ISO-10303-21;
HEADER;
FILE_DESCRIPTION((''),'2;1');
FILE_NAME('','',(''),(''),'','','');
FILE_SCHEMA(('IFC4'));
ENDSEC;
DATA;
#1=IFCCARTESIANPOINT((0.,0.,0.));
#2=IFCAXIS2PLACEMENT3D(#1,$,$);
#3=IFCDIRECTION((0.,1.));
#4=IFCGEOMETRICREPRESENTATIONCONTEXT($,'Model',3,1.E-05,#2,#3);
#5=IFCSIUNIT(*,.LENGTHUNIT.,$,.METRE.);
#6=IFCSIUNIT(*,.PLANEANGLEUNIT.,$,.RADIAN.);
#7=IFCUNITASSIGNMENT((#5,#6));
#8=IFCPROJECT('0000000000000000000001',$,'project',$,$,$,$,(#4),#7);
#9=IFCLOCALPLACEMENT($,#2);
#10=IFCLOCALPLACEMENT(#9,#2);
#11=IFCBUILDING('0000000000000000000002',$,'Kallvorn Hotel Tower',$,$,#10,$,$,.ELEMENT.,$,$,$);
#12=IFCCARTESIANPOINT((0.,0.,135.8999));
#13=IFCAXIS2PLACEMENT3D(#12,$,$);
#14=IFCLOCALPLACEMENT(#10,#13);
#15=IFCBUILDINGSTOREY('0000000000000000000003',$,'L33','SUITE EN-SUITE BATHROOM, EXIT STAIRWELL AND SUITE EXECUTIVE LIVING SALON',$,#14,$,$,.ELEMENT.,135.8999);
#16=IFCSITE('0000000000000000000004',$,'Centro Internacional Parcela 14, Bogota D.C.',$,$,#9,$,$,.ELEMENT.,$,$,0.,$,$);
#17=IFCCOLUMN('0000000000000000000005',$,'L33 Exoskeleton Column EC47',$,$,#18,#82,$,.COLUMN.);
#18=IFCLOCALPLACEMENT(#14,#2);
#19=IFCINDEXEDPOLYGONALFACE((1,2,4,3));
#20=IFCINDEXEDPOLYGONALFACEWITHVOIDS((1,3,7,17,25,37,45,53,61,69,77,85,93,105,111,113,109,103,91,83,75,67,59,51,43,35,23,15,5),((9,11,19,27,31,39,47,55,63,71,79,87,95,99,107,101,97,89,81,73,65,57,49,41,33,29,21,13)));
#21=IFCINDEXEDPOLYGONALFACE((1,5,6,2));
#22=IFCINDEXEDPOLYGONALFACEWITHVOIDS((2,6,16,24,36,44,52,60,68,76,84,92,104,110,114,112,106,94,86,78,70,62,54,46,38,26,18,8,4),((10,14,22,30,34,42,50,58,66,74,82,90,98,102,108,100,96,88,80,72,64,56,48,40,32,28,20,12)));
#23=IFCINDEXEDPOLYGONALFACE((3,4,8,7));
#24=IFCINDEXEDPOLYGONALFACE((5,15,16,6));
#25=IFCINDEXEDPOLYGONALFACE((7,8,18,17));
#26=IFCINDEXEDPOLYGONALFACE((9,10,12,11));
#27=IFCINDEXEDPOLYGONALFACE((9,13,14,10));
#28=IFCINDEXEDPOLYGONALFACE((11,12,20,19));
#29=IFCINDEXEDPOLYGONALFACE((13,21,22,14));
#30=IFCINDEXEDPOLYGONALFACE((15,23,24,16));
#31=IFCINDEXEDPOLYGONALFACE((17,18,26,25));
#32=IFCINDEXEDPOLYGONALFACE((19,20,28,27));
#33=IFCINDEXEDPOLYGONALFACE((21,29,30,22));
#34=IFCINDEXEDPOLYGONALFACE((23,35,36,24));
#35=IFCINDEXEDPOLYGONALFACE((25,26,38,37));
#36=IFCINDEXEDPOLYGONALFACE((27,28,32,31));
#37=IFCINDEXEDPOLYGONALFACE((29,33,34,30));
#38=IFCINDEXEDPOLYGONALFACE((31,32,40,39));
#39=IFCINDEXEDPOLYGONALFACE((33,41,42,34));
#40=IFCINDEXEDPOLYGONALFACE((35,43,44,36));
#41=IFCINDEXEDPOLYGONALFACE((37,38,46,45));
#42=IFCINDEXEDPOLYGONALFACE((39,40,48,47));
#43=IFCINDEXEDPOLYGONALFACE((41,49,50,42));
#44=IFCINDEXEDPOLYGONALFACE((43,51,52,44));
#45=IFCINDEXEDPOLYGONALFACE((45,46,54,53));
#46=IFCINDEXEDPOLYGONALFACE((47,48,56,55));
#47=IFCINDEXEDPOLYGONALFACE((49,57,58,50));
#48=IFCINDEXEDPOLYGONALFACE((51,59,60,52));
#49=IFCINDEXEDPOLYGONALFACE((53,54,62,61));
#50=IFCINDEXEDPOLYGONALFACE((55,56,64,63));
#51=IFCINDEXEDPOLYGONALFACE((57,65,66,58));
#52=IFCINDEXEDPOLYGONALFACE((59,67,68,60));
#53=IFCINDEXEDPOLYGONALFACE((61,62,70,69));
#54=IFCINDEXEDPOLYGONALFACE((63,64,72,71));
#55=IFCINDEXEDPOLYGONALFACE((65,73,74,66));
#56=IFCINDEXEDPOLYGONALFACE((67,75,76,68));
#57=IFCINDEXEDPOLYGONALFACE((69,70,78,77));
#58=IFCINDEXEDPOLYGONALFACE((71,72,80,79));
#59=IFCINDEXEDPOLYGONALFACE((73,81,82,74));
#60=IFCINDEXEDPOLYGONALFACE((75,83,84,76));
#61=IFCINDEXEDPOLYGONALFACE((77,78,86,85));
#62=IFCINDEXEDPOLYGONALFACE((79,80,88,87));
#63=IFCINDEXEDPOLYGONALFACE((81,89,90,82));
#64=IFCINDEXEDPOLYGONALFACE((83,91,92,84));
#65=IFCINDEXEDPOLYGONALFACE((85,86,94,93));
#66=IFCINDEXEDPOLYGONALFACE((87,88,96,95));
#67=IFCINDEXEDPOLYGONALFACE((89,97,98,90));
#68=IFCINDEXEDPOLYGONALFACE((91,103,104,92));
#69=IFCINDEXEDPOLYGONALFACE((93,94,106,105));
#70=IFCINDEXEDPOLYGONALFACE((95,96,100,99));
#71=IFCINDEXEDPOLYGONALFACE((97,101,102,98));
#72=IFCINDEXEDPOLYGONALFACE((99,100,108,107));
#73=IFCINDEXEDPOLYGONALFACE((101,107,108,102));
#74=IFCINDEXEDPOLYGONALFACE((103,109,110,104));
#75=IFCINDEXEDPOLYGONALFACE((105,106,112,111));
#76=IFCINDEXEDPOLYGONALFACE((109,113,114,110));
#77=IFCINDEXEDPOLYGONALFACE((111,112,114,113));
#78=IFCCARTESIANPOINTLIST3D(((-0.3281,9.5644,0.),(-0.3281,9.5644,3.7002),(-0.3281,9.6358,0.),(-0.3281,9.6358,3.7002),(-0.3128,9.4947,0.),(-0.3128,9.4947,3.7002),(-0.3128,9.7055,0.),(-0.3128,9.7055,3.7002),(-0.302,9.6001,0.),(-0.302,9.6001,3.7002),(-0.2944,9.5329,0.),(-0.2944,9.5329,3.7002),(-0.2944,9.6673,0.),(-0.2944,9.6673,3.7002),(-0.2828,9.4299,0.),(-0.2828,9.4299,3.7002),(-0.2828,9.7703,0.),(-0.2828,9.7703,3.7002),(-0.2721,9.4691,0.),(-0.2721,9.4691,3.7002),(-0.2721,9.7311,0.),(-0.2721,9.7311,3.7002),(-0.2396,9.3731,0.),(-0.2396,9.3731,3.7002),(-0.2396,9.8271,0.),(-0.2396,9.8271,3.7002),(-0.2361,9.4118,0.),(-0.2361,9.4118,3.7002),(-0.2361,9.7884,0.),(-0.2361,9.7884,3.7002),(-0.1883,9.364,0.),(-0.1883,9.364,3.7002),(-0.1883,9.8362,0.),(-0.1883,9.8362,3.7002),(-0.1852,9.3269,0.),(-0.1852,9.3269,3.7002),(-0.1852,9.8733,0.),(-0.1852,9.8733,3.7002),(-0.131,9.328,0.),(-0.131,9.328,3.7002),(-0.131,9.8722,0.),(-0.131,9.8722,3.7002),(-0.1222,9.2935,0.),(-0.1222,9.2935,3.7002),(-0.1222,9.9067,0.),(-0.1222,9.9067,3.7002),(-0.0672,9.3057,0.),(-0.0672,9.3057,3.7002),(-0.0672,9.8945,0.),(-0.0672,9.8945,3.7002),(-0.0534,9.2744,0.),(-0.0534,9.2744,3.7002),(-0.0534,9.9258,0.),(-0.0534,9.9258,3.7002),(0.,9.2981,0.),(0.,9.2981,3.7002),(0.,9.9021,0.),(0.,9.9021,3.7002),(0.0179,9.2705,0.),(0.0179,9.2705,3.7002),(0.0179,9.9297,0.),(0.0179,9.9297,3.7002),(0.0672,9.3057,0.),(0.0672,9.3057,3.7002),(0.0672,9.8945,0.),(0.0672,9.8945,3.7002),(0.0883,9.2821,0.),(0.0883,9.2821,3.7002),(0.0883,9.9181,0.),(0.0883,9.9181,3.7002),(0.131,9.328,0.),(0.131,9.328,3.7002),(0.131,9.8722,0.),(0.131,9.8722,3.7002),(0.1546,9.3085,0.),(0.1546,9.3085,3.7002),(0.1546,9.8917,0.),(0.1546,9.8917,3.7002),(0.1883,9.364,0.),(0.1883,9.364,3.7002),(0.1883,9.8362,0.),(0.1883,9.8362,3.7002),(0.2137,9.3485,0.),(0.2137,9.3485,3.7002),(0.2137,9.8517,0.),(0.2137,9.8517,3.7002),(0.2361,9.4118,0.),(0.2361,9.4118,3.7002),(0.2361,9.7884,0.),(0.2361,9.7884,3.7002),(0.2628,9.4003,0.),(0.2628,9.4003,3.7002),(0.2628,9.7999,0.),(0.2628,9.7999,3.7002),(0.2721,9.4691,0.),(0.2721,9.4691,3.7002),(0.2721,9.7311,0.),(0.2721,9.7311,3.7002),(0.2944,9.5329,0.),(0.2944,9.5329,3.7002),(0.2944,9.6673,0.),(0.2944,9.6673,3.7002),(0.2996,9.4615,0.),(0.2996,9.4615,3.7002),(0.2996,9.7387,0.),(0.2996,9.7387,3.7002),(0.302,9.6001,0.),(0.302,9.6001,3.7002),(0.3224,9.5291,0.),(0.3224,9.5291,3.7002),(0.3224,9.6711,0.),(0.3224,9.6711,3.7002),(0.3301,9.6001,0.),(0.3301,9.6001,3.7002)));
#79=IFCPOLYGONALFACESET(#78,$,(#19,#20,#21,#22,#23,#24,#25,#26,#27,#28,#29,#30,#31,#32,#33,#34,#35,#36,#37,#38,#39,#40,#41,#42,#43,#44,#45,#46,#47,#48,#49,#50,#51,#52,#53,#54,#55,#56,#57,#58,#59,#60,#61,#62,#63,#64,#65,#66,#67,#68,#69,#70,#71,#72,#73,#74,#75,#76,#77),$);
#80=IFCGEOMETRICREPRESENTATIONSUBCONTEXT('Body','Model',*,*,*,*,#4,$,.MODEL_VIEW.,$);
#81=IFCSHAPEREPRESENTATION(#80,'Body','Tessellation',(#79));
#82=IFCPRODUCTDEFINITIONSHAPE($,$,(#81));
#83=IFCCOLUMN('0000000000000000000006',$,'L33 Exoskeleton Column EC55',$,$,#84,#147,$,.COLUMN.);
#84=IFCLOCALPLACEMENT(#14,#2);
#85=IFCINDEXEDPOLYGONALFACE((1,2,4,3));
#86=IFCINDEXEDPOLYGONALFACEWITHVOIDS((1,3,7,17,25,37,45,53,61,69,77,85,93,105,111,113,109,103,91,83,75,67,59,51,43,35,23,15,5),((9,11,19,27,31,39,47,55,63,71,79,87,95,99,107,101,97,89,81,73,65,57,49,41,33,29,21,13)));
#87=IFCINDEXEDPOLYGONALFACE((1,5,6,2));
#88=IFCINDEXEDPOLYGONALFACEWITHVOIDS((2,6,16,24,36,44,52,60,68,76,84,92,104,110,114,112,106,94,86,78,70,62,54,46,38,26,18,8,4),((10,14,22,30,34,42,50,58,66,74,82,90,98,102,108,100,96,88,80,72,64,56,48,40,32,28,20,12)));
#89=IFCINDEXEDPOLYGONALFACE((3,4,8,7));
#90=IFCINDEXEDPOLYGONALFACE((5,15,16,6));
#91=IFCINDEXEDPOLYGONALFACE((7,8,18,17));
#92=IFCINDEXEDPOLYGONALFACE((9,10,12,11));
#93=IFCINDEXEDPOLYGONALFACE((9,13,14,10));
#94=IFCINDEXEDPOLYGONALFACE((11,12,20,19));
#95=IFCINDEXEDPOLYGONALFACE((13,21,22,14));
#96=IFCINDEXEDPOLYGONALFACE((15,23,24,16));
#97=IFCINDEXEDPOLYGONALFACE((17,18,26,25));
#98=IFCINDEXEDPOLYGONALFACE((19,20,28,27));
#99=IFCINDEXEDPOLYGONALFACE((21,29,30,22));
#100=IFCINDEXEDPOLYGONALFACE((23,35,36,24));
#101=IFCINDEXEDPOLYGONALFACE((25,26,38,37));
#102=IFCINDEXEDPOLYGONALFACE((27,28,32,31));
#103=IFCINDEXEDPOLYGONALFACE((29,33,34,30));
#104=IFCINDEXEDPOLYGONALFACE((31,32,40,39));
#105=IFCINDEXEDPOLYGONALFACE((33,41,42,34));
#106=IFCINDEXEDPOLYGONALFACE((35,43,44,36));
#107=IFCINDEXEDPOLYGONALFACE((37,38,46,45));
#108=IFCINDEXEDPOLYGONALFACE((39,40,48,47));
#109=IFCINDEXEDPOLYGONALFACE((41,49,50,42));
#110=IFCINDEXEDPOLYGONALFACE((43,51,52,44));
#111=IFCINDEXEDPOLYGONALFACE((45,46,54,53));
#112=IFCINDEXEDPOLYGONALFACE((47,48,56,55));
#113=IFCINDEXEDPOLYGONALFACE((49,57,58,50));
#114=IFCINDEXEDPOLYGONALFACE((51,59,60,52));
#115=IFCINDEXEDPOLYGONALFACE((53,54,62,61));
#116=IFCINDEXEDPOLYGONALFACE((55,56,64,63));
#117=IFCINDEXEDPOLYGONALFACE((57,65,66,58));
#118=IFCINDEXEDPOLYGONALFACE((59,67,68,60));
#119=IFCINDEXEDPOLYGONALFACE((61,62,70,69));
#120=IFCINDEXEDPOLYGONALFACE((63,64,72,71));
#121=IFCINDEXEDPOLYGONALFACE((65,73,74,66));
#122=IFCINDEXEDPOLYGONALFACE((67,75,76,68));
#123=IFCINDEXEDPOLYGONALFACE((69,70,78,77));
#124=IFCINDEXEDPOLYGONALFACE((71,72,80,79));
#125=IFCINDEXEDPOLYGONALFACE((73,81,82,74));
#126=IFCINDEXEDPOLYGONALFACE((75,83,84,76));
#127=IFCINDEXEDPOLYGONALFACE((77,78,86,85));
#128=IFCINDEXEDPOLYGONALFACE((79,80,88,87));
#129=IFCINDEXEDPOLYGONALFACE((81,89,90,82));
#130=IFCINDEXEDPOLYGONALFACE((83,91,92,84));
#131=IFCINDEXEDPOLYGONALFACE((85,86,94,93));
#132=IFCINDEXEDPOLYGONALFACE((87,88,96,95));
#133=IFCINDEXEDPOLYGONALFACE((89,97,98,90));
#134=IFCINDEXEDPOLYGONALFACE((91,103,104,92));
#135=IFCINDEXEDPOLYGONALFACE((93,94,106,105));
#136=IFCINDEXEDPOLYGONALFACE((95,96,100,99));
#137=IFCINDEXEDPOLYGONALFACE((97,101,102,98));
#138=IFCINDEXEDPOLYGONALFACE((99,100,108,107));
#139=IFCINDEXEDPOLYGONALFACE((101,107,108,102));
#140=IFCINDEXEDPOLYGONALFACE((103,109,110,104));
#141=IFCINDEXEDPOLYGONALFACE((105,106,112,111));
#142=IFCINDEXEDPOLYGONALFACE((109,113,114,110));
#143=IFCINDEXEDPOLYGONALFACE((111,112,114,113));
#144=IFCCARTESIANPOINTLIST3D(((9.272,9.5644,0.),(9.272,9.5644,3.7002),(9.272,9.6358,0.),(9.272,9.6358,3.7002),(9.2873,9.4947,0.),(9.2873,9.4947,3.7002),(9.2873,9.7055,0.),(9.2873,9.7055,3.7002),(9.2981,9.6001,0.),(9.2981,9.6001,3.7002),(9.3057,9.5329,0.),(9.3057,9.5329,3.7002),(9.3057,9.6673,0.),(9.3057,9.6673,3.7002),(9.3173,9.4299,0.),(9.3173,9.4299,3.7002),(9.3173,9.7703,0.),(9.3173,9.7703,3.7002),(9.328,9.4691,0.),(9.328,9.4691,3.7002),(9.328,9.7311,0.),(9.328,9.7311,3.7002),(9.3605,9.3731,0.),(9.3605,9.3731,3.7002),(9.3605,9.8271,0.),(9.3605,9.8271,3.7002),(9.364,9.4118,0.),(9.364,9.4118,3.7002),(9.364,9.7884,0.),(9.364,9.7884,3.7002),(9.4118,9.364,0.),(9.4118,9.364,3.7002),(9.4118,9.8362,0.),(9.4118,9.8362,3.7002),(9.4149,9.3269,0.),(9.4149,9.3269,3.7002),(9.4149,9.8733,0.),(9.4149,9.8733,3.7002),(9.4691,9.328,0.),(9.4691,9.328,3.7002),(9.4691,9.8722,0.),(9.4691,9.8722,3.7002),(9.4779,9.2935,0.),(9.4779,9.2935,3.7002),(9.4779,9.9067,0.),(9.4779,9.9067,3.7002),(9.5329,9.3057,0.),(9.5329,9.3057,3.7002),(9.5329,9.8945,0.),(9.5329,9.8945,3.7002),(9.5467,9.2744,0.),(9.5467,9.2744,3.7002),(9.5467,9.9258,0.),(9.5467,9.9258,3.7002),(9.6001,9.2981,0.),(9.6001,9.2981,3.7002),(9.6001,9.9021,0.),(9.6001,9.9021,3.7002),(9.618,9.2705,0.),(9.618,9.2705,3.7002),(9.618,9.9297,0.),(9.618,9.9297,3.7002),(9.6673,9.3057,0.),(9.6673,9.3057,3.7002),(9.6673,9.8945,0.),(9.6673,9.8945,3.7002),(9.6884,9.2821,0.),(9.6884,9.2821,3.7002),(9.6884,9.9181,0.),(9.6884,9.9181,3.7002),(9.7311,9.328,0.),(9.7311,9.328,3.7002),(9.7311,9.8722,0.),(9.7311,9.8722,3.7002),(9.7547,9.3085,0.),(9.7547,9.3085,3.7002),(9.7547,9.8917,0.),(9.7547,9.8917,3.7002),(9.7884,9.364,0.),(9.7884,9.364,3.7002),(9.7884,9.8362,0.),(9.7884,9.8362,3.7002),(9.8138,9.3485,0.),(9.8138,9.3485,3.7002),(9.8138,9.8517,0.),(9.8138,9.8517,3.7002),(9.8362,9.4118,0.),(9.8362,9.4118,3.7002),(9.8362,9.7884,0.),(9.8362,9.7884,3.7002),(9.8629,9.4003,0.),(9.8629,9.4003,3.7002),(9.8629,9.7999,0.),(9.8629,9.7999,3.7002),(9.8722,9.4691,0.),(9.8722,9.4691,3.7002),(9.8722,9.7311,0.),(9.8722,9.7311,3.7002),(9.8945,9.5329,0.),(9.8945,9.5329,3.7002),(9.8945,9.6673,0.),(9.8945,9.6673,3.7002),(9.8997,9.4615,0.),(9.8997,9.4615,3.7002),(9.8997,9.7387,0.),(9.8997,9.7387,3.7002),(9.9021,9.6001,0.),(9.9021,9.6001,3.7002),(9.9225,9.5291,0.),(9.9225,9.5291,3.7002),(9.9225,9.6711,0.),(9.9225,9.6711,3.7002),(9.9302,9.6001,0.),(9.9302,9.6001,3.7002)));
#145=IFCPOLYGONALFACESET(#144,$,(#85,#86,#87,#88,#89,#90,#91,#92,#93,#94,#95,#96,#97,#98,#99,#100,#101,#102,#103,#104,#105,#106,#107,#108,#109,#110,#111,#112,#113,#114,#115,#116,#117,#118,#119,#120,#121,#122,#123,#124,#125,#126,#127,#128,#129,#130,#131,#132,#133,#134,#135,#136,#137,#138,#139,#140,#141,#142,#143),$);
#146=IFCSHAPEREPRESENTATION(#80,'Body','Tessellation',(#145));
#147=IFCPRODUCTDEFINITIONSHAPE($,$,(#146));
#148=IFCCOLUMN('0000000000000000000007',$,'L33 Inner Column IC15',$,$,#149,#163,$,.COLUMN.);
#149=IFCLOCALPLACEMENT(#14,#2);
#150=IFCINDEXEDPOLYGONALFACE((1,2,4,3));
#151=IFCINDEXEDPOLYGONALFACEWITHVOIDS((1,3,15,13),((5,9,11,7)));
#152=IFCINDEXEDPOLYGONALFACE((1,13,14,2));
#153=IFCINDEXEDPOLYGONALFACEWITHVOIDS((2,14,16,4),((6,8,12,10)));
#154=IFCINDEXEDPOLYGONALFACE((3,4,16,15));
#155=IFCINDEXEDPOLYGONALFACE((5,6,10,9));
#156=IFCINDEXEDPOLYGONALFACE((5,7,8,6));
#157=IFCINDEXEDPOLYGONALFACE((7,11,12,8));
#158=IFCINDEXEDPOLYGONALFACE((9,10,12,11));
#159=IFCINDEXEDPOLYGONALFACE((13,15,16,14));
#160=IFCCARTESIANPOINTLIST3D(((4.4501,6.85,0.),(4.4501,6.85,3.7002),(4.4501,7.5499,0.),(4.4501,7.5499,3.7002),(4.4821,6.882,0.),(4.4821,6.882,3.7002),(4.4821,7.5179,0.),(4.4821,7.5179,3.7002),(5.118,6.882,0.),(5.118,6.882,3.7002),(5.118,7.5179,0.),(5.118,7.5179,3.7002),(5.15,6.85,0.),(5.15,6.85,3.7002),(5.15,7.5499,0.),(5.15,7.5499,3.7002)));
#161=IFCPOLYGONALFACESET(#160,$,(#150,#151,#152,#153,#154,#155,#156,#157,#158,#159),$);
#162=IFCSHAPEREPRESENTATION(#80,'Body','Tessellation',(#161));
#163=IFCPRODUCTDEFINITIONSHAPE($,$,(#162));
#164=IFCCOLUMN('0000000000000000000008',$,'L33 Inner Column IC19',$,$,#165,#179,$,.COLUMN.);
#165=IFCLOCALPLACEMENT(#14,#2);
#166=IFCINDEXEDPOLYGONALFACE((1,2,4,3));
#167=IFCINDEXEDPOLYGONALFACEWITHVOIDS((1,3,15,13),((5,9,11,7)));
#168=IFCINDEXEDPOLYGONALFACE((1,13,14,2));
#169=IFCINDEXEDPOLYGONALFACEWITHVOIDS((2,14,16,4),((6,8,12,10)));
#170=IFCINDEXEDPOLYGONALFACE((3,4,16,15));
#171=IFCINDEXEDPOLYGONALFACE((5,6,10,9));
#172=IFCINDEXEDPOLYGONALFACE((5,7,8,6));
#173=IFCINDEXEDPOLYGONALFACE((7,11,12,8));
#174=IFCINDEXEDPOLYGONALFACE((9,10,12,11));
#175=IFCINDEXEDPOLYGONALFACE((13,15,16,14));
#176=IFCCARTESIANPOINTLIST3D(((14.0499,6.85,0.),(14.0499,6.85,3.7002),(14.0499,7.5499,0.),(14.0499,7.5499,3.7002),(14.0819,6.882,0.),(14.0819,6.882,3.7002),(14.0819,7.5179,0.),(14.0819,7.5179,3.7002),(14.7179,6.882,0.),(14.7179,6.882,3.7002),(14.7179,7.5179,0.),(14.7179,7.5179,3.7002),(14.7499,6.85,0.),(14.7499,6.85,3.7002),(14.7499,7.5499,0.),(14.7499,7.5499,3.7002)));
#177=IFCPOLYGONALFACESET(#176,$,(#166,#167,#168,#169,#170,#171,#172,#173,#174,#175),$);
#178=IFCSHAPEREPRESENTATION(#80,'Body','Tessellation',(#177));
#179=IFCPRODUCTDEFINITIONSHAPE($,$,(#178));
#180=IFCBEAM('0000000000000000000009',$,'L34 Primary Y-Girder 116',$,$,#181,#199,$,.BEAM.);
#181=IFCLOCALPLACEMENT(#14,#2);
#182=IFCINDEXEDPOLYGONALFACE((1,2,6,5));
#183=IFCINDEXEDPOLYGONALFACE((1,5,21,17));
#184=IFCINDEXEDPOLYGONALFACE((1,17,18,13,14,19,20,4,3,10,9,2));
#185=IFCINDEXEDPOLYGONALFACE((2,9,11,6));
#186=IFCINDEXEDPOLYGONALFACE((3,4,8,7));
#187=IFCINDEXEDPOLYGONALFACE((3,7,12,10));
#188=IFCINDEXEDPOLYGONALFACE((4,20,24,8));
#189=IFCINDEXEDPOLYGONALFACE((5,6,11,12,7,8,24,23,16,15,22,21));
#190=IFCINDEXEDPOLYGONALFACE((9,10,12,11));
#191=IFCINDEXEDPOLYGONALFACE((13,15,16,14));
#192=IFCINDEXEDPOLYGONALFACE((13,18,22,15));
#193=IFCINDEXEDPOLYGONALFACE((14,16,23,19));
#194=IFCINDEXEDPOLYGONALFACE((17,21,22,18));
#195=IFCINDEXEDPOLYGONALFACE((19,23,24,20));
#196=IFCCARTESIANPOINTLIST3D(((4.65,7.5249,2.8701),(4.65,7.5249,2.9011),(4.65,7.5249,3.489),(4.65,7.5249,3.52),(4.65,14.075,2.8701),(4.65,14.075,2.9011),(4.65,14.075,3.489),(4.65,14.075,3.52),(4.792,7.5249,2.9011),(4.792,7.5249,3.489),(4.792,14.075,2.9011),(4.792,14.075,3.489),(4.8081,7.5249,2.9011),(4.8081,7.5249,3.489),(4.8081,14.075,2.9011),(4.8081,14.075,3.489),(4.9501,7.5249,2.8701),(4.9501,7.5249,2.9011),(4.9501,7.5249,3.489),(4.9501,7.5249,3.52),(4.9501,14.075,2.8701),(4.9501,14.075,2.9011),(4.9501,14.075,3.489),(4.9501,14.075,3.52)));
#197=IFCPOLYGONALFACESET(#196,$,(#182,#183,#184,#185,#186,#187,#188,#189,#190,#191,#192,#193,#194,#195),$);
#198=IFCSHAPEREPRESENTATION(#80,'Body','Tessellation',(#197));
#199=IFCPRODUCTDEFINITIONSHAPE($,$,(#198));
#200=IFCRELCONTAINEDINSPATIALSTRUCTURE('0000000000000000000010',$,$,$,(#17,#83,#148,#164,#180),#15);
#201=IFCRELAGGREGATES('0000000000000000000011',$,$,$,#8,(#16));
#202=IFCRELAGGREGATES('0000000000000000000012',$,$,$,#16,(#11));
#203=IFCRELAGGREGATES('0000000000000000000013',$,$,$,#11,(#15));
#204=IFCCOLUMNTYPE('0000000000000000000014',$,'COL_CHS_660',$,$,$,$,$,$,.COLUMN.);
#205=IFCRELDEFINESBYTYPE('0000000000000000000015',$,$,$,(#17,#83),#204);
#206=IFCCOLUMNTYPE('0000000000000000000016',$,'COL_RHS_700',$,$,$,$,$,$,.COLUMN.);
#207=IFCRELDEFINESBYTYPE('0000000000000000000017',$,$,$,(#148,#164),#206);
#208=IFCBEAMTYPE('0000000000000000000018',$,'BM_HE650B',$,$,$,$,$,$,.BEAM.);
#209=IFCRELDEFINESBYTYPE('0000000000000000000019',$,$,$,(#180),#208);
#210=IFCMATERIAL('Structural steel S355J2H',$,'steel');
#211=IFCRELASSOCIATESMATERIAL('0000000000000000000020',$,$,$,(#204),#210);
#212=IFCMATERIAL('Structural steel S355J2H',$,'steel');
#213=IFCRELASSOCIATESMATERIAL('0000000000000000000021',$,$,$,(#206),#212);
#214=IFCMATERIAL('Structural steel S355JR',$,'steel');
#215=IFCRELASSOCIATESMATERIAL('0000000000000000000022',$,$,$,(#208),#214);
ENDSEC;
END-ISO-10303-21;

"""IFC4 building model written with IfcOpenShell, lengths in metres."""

from ifc_helpers import new_model, si_unit, direction, frame, origin, origin_2d, place, context, subcontext, project, spatial, hollow_rectangle, hollow_circle, i_section, extrude, material, material_profile, profile_set, type_object, element, save


model = new_model("IFC4")

# Units and contexts
model_context = context("Model", 3, precision=1e-05, world=origin(), true_north=direction((0.0, 1.0)))
body_context = subcontext(model_context, "Body", "Model", "MODEL_VIEW")
ifc_project = project(units=[si_unit("LENGTHUNIT", "METRE"), si_unit("PLANEANGLEUNIT", "RADIAN")], contexts=[model_context])

# Site, building, storey
site_placement = place(None, origin())
site = spatial("IfcSite", under=ifc_project, at=site_placement, Name="Centro Internacional Parcela 14, Bogota D.C.", CompositionType="ELEMENT", RefElevation=0.0)
building_placement = place(site_placement, origin())
building = spatial("IfcBuilding", under=site, at=building_placement, Name="Kallvorn Hotel Tower", CompositionType="ELEMENT")
storey_placement = place(building_placement, frame((0.0, 0.0, 135.8999)))
storey = spatial("IfcBuildingStorey", under=building, at=storey_placement, Name="L33", Description="SUITE EN-SUITE BATHROOM, EXIT STAIRWELL AND SUITE EXECUTIVE LIVING SALON", CompositionType="ELEMENT", Elevation=135.8999)

# Columns
ifc_material_1 = material(Name="Structural steel S355J2H", Category="steel")
ifc_material_profile_1 = material_profile(ifc_material_1, hollow_circle(Radius=0.3301, WallThickness=0.0281, at=origin_2d()), Name="CHS 660x28")
ifc_profile_set_1 = profile_set([ifc_material_profile_1], Name="Structural steel S355J2H")
column_type_1 = type_object("IfcColumnType", Name="COL_CHS_660", PredefinedType="COLUMN", material=ifc_profile_set_1)
for number, where, z_axis, x_axis, name in (
    (1, (0.0, 9.6001, 0.0), (0.0, 0.0, 1.0), (1.0, 0.0, 0.0), "L33 Exoskeleton Column EC47"),
    (2, (9.6001, 9.6001, 0.0), (0.0, 0.0, 1.0), (1.0, 0.0, 0.0), "L33 Exoskeleton Column EC55"),
):
    element("IfcColumn", number, at=place(storey_placement, frame(where, z_axis=z_axis, x_axis=x_axis)), inside=storey, type_object=column_type_1, Name=name, PredefinedType="COLUMN", context=body_context, shape_type="SweptSolid", body=[
        extrude(hollow_circle(Radius=0.3301, WallThickness=0.0281, at=origin_2d()), origin(), (0.0, 0.0, 1.0), 3.7002),
    ])
ifc_material_2 = material(Name="Structural steel S355J2H", Category="steel")
ifc_material_profile_2 = material_profile(ifc_material_2, hollow_rectangle(XDim=0.7, YDim=0.7, WallThickness=0.032, at=origin_2d()), Name="RHS 700x700x32")
ifc_profile_set_2 = profile_set([ifc_material_profile_2], Name="Structural steel S355J2H")
column_type_2 = type_object("IfcColumnType", Name="COL_RHS_700", PredefinedType="COLUMN", material=ifc_profile_set_2)
for number, where, z_axis, x_axis, name in (
    (3, (4.8, 7.2, 0.0), (0.0, 0.0, 1.0), (1.0, 0.0, 0.0), "L33 Inner Column IC15"),
    (4, (14.3999, 7.2, 0.0), (0.0, 0.0, 1.0), (1.0, 0.0, 0.0), "L33 Inner Column IC19"),
):
    element("IfcColumn", number, at=place(storey_placement, frame(where, z_axis=z_axis, x_axis=x_axis)), inside=storey, type_object=column_type_2, Name=name, PredefinedType="COLUMN", context=body_context, shape_type="SweptSolid", body=[
        extrude(hollow_rectangle(XDim=0.7, YDim=0.7, WallThickness=0.032, at=origin_2d()), origin(), (0.0, 0.0, 1.0), 3.7002),
    ])

# Beam
ifc_material_3 = material(Name="Structural steel S355JR", Category="steel")
ifc_material_profile_3 = material_profile(ifc_material_3, i_section(OverallWidth=0.3, OverallDepth=0.6499, WebThickness=0.0161, FlangeThickness=0.031, at=origin_2d()), Name="HE 650 B")
ifc_profile_set_3 = profile_set([ifc_material_profile_3], Name="Structural steel S355JR")
beam_type_1 = type_object("IfcBeamType", Name="BM_HE650B", PredefinedType="BEAM", material=ifc_profile_set_3)
beam_1_placement = place(storey_placement, frame((4.8, 7.5249, 3.1951), z_axis=(0.0, 1.0, 0.0), x_axis=(-1.0, 0.0, 0.0)))
element("IfcBeam", 5, at=beam_1_placement, inside=storey, type_object=beam_type_1, Name="L34 Primary Y-Girder 116", PredefinedType="BEAM", context=body_context, shape_type="SweptSolid", body=[
    extrude(i_section(OverallWidth=0.3, OverallDepth=0.6499, WebThickness=0.0161, FlangeThickness=0.031, at=origin_2d()), origin(), (0.0, 0.0, 1.0), 6.55),
])

save(model, "model.ifc")
